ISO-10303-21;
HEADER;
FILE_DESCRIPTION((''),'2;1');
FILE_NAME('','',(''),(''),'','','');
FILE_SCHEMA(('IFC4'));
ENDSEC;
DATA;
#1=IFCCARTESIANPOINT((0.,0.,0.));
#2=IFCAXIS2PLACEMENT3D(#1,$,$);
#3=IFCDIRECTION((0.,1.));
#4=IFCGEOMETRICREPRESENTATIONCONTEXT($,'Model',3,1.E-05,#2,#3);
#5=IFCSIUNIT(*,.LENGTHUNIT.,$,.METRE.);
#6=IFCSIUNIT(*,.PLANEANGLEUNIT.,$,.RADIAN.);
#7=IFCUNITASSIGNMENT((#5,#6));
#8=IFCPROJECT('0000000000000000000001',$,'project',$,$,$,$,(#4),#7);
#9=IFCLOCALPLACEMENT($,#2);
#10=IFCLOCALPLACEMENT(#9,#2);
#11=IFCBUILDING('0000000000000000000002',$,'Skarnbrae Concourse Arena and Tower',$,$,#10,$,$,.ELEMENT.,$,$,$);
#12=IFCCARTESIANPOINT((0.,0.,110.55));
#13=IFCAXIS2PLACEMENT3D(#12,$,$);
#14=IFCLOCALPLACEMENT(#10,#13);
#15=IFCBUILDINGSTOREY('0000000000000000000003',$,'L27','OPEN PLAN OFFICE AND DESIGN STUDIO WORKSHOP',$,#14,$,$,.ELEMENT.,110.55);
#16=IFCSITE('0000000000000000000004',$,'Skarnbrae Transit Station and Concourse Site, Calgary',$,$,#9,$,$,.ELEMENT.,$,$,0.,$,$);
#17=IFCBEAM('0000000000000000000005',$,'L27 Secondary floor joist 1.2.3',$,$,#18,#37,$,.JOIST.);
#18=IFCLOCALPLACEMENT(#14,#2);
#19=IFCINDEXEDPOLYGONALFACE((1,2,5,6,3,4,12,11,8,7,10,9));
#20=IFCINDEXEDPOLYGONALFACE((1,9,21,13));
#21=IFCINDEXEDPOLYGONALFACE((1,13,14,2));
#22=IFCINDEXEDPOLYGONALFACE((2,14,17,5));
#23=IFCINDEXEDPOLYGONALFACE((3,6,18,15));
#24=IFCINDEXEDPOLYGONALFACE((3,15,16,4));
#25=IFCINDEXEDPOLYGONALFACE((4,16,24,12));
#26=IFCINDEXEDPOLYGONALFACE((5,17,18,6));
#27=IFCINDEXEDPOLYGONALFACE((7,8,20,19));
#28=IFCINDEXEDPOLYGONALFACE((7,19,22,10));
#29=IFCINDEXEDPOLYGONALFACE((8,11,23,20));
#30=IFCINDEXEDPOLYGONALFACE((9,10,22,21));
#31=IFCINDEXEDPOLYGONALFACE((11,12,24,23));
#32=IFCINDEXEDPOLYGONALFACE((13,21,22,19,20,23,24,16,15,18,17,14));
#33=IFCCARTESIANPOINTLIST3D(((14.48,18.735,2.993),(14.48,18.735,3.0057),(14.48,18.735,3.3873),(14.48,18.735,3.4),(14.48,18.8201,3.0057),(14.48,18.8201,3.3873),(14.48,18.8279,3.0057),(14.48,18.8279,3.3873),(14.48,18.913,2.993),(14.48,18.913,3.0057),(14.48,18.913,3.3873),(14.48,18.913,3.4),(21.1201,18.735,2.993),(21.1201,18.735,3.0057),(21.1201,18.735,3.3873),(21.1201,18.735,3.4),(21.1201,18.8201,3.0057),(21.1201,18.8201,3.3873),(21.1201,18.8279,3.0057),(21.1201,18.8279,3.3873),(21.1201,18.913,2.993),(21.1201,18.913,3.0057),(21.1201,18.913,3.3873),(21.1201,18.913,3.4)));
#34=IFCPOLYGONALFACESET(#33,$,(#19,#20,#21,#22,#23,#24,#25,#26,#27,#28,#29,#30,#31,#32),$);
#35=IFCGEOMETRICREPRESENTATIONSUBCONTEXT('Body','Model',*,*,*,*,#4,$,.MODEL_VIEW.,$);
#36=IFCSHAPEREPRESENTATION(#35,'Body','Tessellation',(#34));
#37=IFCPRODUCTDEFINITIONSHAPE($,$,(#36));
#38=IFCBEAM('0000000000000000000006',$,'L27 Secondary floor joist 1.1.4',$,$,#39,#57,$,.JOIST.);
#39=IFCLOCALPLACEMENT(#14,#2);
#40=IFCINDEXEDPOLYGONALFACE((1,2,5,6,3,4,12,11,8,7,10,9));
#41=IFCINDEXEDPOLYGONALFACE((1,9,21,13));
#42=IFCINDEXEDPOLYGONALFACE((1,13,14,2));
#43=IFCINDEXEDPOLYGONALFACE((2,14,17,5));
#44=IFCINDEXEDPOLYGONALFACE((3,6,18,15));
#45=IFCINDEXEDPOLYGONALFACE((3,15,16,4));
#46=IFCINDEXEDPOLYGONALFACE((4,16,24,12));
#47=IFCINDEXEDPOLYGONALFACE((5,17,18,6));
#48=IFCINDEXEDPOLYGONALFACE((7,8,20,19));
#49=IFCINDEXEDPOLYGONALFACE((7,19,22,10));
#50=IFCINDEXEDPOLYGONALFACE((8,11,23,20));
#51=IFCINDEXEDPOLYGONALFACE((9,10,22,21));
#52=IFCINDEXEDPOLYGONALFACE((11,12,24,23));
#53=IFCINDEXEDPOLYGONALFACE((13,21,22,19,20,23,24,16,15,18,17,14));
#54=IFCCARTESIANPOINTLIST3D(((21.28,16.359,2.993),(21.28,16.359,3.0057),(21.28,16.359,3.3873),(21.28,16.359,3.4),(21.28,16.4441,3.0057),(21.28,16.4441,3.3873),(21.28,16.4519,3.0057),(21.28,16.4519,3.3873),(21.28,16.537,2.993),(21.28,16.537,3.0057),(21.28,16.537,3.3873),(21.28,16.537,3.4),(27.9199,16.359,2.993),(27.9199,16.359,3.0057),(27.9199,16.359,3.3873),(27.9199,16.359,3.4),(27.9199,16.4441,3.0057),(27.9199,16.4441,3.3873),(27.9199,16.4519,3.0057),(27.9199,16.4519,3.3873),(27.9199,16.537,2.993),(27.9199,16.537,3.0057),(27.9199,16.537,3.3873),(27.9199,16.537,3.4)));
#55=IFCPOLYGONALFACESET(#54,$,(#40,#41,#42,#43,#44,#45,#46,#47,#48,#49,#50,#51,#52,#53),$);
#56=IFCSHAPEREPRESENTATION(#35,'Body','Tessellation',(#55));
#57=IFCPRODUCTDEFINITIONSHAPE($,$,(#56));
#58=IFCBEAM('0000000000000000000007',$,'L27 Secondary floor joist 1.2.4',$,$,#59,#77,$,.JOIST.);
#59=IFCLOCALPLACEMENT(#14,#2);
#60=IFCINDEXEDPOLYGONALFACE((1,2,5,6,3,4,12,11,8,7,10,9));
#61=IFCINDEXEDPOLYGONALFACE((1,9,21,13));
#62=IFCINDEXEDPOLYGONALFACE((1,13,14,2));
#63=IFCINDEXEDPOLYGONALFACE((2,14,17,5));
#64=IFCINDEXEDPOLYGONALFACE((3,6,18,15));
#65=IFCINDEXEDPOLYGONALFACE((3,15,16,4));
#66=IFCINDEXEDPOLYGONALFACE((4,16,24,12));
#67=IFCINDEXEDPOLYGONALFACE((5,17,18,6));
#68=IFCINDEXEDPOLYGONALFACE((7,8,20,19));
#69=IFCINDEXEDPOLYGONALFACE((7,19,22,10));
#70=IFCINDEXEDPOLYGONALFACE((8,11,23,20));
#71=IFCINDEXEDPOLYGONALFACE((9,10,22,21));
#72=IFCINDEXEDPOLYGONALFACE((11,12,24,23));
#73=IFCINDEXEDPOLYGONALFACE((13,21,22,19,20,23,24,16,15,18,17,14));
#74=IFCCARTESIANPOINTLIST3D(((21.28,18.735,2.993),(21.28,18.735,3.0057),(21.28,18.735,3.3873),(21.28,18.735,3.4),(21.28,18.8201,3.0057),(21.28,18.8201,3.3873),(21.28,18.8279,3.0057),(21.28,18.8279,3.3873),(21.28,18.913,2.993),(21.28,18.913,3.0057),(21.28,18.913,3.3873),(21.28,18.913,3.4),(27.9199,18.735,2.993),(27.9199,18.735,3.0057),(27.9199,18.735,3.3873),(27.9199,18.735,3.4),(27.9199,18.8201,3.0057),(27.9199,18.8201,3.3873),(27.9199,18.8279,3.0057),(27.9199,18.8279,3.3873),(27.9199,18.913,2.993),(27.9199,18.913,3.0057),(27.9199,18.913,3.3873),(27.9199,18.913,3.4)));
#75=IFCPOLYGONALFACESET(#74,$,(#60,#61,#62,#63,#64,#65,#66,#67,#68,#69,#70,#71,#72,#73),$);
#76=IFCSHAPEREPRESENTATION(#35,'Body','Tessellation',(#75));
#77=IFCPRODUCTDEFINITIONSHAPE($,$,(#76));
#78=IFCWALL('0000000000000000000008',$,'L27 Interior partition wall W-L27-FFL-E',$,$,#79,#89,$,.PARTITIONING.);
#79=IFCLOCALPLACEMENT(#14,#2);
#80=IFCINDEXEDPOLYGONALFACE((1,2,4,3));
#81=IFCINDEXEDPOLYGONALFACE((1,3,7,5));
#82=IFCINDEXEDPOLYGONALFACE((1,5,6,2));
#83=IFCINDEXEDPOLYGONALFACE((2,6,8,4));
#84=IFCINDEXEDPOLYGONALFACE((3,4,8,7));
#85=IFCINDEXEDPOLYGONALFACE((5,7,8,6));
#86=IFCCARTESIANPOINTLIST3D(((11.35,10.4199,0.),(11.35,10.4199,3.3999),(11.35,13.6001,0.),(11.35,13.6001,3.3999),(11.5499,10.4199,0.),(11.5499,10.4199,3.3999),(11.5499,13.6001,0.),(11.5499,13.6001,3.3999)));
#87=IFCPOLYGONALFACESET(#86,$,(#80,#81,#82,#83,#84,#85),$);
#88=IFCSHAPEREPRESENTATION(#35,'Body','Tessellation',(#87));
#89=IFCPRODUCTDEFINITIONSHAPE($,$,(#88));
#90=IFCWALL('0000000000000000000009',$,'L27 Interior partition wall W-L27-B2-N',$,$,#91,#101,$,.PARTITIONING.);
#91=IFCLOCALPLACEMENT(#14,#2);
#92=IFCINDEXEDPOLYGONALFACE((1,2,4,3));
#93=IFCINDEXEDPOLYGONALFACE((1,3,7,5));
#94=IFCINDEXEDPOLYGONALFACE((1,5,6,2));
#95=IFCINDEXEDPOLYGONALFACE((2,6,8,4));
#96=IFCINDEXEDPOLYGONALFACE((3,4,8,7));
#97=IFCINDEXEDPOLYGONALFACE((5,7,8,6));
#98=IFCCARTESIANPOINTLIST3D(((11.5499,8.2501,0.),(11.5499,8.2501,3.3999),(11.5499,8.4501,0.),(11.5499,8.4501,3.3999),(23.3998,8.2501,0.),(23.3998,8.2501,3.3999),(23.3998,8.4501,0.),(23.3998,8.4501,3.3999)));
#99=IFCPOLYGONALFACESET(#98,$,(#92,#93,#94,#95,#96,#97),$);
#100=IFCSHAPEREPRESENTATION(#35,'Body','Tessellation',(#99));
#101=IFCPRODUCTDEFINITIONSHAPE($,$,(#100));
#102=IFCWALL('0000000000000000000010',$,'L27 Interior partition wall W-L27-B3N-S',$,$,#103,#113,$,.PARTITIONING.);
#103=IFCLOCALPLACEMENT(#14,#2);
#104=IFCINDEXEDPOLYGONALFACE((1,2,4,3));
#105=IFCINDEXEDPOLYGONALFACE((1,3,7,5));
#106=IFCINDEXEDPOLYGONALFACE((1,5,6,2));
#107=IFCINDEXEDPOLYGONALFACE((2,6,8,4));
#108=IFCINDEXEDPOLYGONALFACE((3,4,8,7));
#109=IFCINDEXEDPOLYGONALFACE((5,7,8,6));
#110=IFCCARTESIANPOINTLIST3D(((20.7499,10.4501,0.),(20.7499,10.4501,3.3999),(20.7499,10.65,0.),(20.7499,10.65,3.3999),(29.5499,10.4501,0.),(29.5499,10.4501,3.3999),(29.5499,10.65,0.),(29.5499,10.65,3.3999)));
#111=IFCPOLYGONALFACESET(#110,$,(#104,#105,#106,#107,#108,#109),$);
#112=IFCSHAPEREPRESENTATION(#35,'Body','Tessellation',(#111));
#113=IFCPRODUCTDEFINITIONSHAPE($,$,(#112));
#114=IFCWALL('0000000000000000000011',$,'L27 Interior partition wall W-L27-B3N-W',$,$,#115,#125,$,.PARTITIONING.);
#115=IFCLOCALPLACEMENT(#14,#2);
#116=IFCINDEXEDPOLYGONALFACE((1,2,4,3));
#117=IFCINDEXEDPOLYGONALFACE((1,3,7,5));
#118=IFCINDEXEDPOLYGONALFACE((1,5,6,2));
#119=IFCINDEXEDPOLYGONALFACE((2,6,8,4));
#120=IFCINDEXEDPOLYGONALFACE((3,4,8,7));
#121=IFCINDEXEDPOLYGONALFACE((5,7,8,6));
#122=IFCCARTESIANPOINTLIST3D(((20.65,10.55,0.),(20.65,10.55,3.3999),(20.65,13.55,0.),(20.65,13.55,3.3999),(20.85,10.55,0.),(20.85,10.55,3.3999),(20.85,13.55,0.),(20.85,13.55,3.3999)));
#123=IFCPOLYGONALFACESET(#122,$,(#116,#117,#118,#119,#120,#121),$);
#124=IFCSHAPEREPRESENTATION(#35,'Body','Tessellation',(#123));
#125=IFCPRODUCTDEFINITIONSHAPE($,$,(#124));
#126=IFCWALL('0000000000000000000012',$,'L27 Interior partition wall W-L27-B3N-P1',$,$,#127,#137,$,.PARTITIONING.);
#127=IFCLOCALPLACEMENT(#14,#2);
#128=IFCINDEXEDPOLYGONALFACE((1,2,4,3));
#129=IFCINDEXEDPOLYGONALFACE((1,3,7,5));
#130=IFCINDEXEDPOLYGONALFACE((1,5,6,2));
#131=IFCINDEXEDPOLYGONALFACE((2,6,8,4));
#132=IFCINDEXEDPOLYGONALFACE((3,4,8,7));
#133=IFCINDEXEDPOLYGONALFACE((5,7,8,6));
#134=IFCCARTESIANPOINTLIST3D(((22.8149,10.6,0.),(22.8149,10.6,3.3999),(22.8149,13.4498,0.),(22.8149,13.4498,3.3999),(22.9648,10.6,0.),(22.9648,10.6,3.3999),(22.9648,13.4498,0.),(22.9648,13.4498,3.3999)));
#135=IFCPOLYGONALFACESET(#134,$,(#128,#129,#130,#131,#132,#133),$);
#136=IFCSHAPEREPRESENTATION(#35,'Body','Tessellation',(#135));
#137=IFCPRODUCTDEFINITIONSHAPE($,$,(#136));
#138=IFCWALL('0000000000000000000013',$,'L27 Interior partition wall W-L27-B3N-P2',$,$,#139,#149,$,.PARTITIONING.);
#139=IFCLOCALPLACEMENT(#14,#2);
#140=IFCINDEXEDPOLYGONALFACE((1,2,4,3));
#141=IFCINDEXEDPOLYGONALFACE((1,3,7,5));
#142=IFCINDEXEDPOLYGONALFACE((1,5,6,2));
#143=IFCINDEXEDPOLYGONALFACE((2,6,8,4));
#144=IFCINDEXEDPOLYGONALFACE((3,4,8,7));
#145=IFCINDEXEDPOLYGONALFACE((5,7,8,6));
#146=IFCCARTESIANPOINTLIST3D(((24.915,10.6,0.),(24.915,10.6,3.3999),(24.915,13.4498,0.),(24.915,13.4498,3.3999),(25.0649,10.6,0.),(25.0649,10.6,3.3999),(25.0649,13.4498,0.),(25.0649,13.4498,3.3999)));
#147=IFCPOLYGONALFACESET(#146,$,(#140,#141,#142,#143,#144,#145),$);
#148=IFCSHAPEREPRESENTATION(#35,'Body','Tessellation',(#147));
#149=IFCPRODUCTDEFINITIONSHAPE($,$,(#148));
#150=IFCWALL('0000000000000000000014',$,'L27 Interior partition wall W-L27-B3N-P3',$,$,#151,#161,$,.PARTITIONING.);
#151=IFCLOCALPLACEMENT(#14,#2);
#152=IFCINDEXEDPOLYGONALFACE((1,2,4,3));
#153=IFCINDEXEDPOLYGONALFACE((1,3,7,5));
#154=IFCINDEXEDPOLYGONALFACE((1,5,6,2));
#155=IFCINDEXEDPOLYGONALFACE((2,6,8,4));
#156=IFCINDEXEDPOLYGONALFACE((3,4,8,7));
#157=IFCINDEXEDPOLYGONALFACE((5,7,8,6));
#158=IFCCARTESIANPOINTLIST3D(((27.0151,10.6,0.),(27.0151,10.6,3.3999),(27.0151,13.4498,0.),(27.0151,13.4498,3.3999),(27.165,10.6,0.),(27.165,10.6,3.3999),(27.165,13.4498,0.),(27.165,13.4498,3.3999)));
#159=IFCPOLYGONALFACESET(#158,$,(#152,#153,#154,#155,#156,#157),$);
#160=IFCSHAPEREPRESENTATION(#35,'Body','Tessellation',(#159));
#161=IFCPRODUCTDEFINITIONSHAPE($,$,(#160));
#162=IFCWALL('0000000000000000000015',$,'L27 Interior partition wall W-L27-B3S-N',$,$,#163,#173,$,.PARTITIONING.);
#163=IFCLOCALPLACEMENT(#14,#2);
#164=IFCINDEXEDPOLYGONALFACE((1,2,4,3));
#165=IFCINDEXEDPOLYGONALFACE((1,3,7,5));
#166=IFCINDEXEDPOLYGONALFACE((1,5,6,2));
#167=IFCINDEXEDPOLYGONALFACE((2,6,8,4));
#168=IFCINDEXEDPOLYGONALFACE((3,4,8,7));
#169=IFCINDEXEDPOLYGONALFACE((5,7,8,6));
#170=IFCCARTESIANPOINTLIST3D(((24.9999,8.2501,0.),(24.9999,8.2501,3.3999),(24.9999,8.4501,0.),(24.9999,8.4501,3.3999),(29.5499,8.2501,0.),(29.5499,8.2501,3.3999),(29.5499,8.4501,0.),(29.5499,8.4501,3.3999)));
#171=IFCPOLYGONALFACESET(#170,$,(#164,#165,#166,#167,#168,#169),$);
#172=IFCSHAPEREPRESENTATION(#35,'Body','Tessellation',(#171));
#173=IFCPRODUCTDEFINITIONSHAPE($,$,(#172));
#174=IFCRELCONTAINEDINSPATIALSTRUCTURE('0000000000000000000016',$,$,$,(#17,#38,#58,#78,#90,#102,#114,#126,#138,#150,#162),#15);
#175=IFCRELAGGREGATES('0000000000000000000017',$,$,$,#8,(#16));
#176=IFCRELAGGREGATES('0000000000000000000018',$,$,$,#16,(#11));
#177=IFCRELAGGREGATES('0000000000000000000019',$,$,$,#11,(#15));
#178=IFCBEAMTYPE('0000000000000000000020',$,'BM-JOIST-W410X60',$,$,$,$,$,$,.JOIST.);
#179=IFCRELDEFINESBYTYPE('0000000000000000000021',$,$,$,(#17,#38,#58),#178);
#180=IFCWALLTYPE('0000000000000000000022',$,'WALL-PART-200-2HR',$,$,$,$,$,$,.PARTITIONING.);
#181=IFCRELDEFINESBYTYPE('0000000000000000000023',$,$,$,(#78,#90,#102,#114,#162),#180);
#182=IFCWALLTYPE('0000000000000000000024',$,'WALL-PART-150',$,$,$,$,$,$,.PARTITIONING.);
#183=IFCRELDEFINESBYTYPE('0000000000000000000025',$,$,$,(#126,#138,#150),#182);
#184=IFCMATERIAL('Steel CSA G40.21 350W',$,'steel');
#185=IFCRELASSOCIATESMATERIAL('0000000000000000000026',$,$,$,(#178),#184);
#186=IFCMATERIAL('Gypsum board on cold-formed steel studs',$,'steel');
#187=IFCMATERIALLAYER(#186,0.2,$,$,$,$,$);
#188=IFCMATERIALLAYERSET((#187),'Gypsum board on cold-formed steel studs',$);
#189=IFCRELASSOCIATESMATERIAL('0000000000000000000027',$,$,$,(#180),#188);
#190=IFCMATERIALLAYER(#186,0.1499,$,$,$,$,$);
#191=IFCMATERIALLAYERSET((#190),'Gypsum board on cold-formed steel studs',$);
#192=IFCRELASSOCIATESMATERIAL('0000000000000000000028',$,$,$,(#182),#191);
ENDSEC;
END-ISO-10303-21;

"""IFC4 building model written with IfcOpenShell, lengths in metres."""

from ifc_helpers import new_model, si_unit, direction, frame, frame_2d, origin, origin_2d, place, context, subcontext, project, spatial, rectangle, i_section, extrude, source, transform, mapped, material, layer, layer_set, material_profile, profile_set, type_object, element, save


model = new_model("IFC4")

# Units and contexts
model_context = context("Model", 3, precision=1e-05, world=origin(), true_north=direction((0.0, 1.0)))
body_context = subcontext(model_context, "Body", "Model", "MODEL_VIEW")
ifc_project = project(units=[si_unit("LENGTHUNIT", "METRE"), si_unit("PLANEANGLEUNIT", "RADIAN")], contexts=[model_context])

# Site, building, storey
site_placement = place(None, origin())
site = spatial("IfcSite", under=ifc_project, at=site_placement, Name="Skarnbrae Transit Station and Concourse Site, Calgary", CompositionType="ELEMENT", RefElevation=0.0)
building_placement = place(site_placement, origin())
building = spatial("IfcBuilding", under=site, at=building_placement, Name="Skarnbrae Concourse Arena and Tower", CompositionType="ELEMENT")
storey_placement = place(building_placement, frame((0.0, 0.0, 110.55)))
storey = spatial("IfcBuildingStorey", under=building, at=storey_placement, Name="L27", Description="OPEN PLAN OFFICE AND DESIGN STUDIO WORKSHOP", CompositionType="ELEMENT", Elevation=110.55)

# Shared definitions
ifc_material_1 = material(Name="Steel CSA G40.21 350W", Category="steel")

# Beams
ifc_material_profile_1 = material_profile(ifc_material_1, i_section(OverallWidth=0.178, OverallDepth=0.407, WebThickness=0.0078, FlangeThickness=0.0127, at=origin_2d()), Name="W410X60")
ifc_profile_set_1 = profile_set([ifc_material_profile_1], Name="Steel CSA G40.21 350W")
beam_type_1 = type_object("IfcBeamType", Name="BM-JOIST-W410X60", PredefinedType="JOIST", material=ifc_profile_set_1)
shared_shape_1 = source(origin(), body_context, "Body", "SweptSolid", [
    extrude(i_section(OverallWidth=0.178, OverallDepth=0.407, WebThickness=0.0078, FlangeThickness=0.0127, at=origin_2d()), origin(), (0.0, 0.0, 1.0), 6.6401),
])
for number, where, z_axis, x_axis, name in (
    (1, (14.48, 18.824, 3.1965), (1.0, 0.0, 0.0), (0.0, 1.0, 0.0), "L27 Secondary floor joist 1.2.3"),
):
    element("IfcBeam", number, at=place(storey_placement, frame(where, z_axis=z_axis, x_axis=x_axis)), inside=storey, type_object=beam_type_1, Name=name, PredefinedType="JOIST", context=body_context, shape_type="MappedRepresentation", body=[
        mapped(shared_shape_1, transform((0.0, 0.0, 0.0))),
    ])
shared_shape_2 = source(origin(), body_context, "Body", "SweptSolid", [
    extrude(i_section(OverallWidth=0.178, OverallDepth=0.407, WebThickness=0.0078, FlangeThickness=0.0127, at=origin_2d()), origin(), (0.0, 0.0, 1.0), 6.6399),
])
for number, where, z_axis, x_axis, name in (
    (2, (21.28, 16.448, 3.1965), (1.0, 0.0, 0.0), (0.0, 1.0, 0.0), "L27 Secondary floor joist 1.1.4"),
    (3, (21.28, 18.824, 3.1965), (1.0, 0.0, 0.0), (0.0, 1.0, 0.0), "L27 Secondary floor joist 1.2.4"),
):
    element("IfcBeam", number, at=place(storey_placement, frame(where, z_axis=z_axis, x_axis=x_axis)), inside=storey, type_object=beam_type_1, Name=name, PredefinedType="JOIST", context=body_context, shape_type="MappedRepresentation", body=[
        mapped(shared_shape_2, transform((0.0, 0.0, 0.0))),
    ])

# Wall
ifc_material_2 = material(Name="Gypsum board on cold-formed steel studs", Category="steel")
ifc_layer_1 = layer(ifc_material_2, 0.2)
ifc_layer_set_1 = layer_set([ifc_layer_1], Name="Gypsum board on cold-formed steel studs")
wall_type_1 = type_object("IfcWallType", Name="WALL-PART-200-2HR", PredefinedType="PARTITIONING", material=ifc_layer_set_1)
shared_shape_3 = source(origin(), body_context, "Body", "SweptSolid", [
    extrude(rectangle(XDim=3.1802, YDim=0.2, at=frame_2d((1.5901, 0.0))), origin(), (0.0, 0.0, 1.0), 3.3999),
])
wall_1_placement = place(storey_placement, frame((11.45, 10.4199, 0.0), z_axis=(0.0, 0.0, 1.0), x_axis=(0.0, 1.0, 0.0)))
element("IfcWall", 4, at=wall_1_placement, inside=storey, type_object=wall_type_1, Name="L27 Interior partition wall W-L27-FFL-E", PredefinedType="PARTITIONING", context=body_context, shape_type="MappedRepresentation", body=[
    mapped(shared_shape_3, transform((0.0, 0.0, 0.0))),
])

# Walls
shared_shape_4 = source(origin(), body_context, "Body", "SweptSolid", [
    extrude(rectangle(XDim=11.8499, YDim=0.2, at=frame_2d((5.9248, 0.0))), origin(), (0.0, 0.0, 1.0), 3.3999),
])
wall_2_placement = place(storey_placement, frame((11.55, 8.3501, 0.0), z_axis=(0.0, 0.0, 1.0), x_axis=(1.0, 0.0, 0.0)))
element("IfcWall", 5, at=wall_2_placement, inside=storey, type_object=wall_type_1, Name="L27 Interior partition wall W-L27-B2-N", PredefinedType="PARTITIONING", context=body_context, shape_type="MappedRepresentation", body=[
    mapped(shared_shape_4, transform((0.0, 0.0, 0.0))),
])
shared_shape_5 = source(origin(), body_context, "Body", "SweptSolid", [
    extrude(rectangle(XDim=8.8, YDim=0.2, at=frame_2d((4.3999, 0.0))), origin(), (0.0, 0.0, 1.0), 3.3999),
])
wall_3_placement = place(storey_placement, frame((20.75, 10.55, 0.0), z_axis=(0.0, 0.0, 1.0), x_axis=(1.0, 0.0, 0.0)))
element("IfcWall", 6, at=wall_3_placement, inside=storey, type_object=wall_type_1, Name="L27 Interior partition wall W-L27-B3N-S", PredefinedType="PARTITIONING", context=body_context, shape_type="MappedRepresentation", body=[
    mapped(shared_shape_5, transform((0.0, 0.0, 0.0))),
])
shared_shape_6 = source(origin(), body_context, "Body", "SweptSolid", [
    extrude(rectangle(XDim=3.0, YDim=0.2, at=frame_2d((1.5, 0.0))), origin(), (0.0, 0.0, 1.0), 3.3999),
])
wall_4_placement = place(storey_placement, frame((20.75, 10.55, 0.0), z_axis=(0.0, 0.0, 1.0), x_axis=(0.0, 1.0, 0.0)))
element("IfcWall", 7, at=wall_4_placement, inside=storey, type_object=wall_type_1, Name="L27 Interior partition wall W-L27-B3N-W", PredefinedType="PARTITIONING", context=body_context, shape_type="MappedRepresentation", body=[
    mapped(shared_shape_6, transform((0.0, 0.0, 0.0))),
])
ifc_layer_2 = layer(ifc_material_2, 0.1499)
ifc_layer_set_2 = layer_set([ifc_layer_2], Name="Gypsum board on cold-formed steel studs")
wall_type_2 = type_object("IfcWallType", Name="WALL-PART-150", PredefinedType="PARTITIONING", material=ifc_layer_set_2)
shared_shape_7 = source(origin(), body_context, "Body", "SweptSolid", [
    extrude(rectangle(XDim=2.8499, YDim=0.1499, at=frame_2d((1.4248, 0.0))), origin(), (0.0, 0.0, 1.0), 3.3999),
])
for number, where, z_axis, x_axis, name in (
    (8, (22.8899, 10.6001, 0.0), (0.0, 0.0, 1.0), (0.0, 1.0, 0.0), "L27 Interior partition wall W-L27-B3N-P1"),
    (9, (24.99, 10.6001, 0.0), (0.0, 0.0, 1.0), (0.0, 1.0, 0.0), "L27 Interior partition wall W-L27-B3N-P2"),
    (10, (27.0901, 10.6001, 0.0), (0.0, 0.0, 1.0), (0.0, 1.0, 0.0), "L27 Interior partition wall W-L27-B3N-P3"),
):
    element("IfcWall", number, at=place(storey_placement, frame(where, z_axis=z_axis, x_axis=x_axis)), inside=storey, type_object=wall_type_2, Name=name, PredefinedType="PARTITIONING", context=body_context, shape_type="MappedRepresentation", body=[
        mapped(shared_shape_7, transform((0.0, 0.0, 0.0))),
    ])
shared_shape_8 = source(origin(), body_context, "Body", "SweptSolid", [
    extrude(rectangle(XDim=4.55, YDim=0.2, at=frame_2d((2.2749, 0.0))), origin(), (0.0, 0.0, 1.0), 3.3999),
])
wall_5_placement = place(storey_placement, frame((25.0, 8.3501, 0.0), z_axis=(0.0, 0.0, 1.0), x_axis=(1.0, 0.0, 0.0)))
element("IfcWall", 11, at=wall_5_placement, inside=storey, type_object=wall_type_1, Name="L27 Interior partition wall W-L27-B3S-N", PredefinedType="PARTITIONING", context=body_context, shape_type="MappedRepresentation", body=[
    mapped(shared_shape_8, transform((0.0, 0.0, 0.0))),
])

save(model, "model.ifc")
